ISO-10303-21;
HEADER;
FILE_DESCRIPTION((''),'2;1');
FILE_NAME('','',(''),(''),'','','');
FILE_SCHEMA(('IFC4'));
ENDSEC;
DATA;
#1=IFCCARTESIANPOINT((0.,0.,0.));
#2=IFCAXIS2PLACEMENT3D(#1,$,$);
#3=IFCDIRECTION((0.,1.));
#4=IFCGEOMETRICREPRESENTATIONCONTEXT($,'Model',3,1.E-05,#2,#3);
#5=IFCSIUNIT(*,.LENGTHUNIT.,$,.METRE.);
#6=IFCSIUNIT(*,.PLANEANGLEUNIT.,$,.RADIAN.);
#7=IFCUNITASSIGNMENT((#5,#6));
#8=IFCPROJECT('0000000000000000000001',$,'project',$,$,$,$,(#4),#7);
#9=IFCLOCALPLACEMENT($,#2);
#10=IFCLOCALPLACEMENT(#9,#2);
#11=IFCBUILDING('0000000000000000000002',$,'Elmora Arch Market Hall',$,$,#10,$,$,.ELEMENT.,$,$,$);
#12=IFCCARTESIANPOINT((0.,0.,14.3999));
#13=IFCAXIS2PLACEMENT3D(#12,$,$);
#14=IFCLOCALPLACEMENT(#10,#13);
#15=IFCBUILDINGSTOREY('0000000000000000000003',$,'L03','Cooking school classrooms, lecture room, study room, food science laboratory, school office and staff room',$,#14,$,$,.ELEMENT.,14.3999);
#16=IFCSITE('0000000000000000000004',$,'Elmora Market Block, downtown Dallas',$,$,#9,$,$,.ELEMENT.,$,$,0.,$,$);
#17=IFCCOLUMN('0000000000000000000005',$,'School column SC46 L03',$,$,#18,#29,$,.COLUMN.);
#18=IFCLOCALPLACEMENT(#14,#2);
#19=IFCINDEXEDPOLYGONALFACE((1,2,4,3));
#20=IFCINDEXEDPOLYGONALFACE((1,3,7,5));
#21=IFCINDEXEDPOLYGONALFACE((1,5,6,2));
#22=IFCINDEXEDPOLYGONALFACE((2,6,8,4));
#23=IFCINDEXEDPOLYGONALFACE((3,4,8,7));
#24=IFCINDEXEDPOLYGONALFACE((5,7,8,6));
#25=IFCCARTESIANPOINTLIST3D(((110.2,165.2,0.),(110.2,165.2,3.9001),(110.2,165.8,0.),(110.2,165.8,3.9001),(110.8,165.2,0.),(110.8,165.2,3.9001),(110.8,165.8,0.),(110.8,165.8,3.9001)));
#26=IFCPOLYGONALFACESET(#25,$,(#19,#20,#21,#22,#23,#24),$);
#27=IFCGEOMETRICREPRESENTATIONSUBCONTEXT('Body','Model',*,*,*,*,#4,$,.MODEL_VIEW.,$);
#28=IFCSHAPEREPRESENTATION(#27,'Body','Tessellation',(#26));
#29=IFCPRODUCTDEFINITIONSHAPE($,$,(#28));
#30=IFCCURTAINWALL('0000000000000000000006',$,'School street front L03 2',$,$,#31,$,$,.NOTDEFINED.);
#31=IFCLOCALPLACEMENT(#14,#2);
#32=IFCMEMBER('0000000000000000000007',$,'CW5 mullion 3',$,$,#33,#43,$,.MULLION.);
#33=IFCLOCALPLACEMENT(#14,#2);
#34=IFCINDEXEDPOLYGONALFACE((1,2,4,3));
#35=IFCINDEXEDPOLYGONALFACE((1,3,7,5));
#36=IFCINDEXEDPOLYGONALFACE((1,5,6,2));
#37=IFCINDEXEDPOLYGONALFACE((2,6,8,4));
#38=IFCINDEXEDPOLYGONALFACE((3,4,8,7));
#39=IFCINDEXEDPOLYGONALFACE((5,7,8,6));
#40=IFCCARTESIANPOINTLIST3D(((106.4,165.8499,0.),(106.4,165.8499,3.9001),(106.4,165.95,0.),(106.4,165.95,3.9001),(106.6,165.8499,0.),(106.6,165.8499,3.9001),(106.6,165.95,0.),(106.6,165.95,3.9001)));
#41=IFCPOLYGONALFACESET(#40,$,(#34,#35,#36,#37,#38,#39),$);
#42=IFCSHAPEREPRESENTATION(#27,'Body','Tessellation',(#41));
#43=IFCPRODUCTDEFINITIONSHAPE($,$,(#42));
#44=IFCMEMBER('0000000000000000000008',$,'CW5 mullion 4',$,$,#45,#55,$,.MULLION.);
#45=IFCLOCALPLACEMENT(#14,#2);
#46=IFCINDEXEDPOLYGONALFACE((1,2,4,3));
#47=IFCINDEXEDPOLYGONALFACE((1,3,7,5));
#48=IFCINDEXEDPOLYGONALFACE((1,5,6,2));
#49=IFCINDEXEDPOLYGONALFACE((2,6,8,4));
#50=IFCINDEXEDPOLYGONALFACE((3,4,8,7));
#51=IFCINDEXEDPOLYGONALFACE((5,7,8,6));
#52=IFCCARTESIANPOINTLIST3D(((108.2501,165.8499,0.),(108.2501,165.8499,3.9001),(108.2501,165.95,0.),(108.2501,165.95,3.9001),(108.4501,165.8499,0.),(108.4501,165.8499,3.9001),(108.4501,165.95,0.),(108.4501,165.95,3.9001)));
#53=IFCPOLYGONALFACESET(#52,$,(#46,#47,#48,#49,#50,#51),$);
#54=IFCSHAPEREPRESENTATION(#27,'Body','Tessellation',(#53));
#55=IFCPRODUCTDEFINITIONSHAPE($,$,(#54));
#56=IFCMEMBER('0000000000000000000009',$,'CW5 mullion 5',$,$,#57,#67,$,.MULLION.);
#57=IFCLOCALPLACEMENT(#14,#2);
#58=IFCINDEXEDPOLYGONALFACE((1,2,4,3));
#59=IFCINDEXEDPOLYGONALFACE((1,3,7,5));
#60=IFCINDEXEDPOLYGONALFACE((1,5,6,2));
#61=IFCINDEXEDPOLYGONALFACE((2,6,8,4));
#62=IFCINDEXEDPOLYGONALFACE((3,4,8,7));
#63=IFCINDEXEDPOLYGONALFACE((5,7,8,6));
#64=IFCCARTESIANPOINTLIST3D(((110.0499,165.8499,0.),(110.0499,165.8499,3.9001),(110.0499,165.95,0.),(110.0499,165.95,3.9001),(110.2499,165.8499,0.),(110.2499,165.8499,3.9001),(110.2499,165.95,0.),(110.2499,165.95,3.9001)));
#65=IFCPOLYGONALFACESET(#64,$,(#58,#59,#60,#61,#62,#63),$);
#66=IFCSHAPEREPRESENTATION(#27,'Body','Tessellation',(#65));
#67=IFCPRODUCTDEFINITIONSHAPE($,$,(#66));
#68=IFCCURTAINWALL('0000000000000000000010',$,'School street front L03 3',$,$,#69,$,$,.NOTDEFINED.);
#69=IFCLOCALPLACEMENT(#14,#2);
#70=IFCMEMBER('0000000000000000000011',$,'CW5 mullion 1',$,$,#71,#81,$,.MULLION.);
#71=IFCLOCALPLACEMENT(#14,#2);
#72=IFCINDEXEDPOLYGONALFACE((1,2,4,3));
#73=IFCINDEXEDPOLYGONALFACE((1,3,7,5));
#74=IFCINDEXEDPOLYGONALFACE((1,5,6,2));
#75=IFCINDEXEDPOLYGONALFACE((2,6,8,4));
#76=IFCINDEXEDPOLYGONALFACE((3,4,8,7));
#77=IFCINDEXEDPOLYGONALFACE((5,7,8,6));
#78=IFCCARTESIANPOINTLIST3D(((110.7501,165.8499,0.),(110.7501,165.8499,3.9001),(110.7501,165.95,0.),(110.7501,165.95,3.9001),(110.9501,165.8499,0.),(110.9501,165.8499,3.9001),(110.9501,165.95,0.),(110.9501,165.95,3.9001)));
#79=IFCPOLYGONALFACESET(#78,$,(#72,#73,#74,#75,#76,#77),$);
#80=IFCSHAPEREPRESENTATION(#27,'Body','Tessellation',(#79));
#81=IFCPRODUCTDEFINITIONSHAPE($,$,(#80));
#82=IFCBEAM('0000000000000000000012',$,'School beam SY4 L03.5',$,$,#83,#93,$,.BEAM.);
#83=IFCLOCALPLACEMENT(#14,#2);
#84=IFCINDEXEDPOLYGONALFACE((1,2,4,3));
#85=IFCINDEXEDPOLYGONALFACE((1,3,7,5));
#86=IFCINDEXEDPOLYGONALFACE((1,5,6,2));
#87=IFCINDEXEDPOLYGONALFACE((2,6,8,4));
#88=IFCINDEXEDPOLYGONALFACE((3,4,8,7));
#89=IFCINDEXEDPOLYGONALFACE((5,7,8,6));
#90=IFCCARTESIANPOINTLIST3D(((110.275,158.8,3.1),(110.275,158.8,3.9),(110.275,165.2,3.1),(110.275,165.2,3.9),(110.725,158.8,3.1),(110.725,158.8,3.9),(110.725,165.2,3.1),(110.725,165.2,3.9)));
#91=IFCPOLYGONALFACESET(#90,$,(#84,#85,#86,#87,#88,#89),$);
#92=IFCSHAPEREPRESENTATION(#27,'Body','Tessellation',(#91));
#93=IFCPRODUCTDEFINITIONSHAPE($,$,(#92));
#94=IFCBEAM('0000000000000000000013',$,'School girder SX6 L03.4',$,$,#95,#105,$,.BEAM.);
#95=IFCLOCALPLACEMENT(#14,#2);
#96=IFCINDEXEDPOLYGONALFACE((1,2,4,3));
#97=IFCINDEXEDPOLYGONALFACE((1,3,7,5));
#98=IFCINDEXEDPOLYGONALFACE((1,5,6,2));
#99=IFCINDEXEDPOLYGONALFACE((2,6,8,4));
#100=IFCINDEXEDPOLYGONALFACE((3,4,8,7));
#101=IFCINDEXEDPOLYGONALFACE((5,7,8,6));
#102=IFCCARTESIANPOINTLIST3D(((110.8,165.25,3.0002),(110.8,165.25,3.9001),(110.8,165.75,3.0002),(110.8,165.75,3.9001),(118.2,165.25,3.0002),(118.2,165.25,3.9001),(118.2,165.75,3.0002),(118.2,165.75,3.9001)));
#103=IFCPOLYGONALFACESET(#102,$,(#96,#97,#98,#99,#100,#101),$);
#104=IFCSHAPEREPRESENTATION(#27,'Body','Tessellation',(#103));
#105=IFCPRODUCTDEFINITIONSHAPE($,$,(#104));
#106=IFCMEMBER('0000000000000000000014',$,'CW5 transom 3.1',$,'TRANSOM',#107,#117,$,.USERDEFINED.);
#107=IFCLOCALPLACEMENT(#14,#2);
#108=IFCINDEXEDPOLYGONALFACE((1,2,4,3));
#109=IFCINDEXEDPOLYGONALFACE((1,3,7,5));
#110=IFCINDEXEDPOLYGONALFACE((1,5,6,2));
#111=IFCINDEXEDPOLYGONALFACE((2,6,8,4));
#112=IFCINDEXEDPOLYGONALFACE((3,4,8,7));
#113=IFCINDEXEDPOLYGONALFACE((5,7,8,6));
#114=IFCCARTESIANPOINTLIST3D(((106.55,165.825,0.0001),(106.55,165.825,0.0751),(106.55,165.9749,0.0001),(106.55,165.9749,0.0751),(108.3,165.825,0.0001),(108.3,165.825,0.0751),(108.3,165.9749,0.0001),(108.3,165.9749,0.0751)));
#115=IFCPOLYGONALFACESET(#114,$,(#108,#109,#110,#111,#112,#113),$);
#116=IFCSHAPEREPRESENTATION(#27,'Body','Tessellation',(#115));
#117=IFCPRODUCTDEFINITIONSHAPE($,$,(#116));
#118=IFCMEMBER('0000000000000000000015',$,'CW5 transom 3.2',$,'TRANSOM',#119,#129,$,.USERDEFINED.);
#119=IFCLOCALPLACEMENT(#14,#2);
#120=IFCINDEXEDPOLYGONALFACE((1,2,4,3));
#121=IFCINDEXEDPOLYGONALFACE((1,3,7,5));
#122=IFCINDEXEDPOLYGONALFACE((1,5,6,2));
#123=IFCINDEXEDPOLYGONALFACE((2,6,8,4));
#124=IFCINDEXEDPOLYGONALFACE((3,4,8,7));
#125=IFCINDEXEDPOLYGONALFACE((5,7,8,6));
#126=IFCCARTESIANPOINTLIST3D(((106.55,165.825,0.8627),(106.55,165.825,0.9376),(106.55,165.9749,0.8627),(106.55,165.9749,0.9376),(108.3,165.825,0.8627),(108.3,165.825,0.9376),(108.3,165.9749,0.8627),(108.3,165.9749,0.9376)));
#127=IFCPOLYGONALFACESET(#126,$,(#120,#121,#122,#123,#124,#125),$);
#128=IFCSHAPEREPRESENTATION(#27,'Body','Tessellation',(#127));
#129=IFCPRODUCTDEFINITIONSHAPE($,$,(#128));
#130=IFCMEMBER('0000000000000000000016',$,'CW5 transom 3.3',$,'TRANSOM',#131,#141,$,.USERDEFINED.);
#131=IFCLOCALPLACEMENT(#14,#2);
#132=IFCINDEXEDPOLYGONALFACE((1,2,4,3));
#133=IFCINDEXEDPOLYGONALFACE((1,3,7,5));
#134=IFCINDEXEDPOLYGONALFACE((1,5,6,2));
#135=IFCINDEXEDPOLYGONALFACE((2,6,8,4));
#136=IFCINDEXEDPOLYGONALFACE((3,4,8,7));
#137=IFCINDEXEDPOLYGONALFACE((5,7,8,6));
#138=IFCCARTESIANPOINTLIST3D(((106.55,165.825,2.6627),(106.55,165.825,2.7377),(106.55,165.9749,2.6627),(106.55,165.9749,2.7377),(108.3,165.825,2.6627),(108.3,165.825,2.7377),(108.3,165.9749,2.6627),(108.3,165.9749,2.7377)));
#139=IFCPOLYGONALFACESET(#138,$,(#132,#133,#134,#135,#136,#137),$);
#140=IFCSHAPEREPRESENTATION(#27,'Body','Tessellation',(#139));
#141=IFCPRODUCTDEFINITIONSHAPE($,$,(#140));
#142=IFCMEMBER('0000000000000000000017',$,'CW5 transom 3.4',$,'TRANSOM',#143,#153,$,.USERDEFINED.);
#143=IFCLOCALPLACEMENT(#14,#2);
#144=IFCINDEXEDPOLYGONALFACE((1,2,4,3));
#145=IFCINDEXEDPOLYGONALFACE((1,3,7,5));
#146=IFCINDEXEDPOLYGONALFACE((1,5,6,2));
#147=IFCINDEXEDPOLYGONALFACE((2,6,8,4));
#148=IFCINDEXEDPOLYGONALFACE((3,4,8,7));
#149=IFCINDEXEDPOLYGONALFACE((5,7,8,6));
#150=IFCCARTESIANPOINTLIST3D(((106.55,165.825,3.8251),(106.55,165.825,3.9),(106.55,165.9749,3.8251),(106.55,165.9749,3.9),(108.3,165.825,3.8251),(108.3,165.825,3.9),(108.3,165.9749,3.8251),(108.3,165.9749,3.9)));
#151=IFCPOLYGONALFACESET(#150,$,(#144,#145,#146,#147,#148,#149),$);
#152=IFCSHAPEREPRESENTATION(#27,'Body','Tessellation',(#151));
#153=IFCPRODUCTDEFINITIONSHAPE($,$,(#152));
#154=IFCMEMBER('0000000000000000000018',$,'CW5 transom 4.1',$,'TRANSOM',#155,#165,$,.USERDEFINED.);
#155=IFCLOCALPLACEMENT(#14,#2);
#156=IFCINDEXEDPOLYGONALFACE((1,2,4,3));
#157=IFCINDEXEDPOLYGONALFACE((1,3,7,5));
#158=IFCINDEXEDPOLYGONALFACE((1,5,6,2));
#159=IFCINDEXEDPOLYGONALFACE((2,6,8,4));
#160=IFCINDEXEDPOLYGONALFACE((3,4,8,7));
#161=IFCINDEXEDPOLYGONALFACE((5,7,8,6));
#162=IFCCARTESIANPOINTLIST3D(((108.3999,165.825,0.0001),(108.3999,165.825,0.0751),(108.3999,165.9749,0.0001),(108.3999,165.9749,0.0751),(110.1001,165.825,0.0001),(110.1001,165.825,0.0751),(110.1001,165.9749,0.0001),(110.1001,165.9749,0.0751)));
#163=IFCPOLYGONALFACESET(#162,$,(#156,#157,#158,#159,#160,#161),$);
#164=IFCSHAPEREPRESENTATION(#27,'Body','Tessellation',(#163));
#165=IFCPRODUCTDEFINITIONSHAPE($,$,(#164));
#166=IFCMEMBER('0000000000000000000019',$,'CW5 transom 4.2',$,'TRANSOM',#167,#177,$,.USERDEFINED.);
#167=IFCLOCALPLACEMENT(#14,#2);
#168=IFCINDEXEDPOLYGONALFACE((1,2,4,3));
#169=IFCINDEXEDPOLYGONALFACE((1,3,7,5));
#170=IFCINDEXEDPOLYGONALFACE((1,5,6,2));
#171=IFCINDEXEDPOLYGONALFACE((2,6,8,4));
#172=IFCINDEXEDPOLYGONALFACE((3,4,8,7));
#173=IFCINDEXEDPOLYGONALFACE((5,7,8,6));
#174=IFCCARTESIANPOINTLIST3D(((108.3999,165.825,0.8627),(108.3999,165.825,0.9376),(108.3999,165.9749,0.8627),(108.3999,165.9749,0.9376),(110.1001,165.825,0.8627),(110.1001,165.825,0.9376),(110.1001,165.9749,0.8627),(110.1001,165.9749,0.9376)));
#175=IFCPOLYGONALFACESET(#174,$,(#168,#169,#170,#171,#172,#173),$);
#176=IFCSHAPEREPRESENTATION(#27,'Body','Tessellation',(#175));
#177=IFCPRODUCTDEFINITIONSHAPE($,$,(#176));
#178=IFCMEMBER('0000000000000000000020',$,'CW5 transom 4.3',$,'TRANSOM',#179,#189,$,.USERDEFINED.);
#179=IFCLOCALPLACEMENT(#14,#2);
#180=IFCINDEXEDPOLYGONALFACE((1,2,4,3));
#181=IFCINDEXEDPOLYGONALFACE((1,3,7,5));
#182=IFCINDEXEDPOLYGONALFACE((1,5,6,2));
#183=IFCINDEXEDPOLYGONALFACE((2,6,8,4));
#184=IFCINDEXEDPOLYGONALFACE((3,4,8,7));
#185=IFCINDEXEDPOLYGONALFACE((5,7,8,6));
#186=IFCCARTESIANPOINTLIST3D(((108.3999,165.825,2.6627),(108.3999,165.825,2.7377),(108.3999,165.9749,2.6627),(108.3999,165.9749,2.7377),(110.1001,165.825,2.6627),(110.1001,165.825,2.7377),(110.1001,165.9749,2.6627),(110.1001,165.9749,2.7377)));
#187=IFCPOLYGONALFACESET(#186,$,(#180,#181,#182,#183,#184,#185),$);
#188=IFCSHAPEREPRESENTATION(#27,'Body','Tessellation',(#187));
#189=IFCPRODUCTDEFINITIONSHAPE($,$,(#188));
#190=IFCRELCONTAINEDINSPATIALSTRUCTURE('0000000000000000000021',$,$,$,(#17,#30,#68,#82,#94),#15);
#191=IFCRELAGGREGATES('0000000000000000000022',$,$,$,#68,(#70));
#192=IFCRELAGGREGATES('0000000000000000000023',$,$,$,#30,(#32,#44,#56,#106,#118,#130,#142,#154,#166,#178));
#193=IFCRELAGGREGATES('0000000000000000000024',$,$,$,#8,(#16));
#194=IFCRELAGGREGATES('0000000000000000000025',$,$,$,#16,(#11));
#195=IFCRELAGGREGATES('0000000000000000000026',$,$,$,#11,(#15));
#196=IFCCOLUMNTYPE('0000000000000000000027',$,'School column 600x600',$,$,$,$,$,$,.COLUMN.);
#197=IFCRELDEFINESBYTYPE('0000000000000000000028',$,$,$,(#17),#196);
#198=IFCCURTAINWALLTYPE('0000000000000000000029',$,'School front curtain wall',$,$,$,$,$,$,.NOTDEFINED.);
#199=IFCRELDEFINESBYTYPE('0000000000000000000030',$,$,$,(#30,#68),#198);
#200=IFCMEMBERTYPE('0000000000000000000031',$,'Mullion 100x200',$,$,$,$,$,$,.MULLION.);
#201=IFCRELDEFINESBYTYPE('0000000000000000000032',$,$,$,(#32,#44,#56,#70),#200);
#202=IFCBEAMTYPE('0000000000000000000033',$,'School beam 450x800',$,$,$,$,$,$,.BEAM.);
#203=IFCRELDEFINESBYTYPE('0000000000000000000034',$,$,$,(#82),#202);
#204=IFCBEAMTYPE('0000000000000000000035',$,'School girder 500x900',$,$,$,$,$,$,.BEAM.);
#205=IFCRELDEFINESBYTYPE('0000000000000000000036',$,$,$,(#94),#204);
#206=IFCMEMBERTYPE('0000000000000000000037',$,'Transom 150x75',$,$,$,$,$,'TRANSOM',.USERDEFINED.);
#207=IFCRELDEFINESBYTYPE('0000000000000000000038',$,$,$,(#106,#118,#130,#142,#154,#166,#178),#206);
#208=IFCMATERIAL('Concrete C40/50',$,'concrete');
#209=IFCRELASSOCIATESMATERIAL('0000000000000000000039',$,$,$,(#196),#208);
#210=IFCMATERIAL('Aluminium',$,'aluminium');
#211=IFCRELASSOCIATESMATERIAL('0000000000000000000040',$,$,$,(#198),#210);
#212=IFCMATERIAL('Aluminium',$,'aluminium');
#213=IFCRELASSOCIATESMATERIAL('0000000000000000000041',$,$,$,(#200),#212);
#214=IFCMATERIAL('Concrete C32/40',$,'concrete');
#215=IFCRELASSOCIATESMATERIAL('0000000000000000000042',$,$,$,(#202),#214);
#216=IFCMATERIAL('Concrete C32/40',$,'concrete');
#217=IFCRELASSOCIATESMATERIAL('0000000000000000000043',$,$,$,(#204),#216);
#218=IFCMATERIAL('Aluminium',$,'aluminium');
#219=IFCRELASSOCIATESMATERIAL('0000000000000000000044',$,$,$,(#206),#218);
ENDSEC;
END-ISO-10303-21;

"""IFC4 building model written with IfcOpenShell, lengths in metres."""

from ifc_helpers import new_model, si_unit, direction, frame, origin, origin_2d, place, context, subcontext, project, spatial, rectangle, extrude, material, material_profile, profile_set, type_object, element, aggregate, save


model = new_model("IFC4")

# Units and contexts
model_context = context("Model", 3, precision=1e-05, world=origin(), true_north=direction((0.0, 1.0)))
body_context = subcontext(model_context, "Body", "Model", "MODEL_VIEW")
ifc_project = project(units=[si_unit("LENGTHUNIT", "METRE"), si_unit("PLANEANGLEUNIT", "RADIAN")], contexts=[model_context])

# Site, building, storey
site_placement = place(None, origin())
site = spatial("IfcSite", under=ifc_project, at=site_placement, Name="Elmora Market Block, downtown Dallas", CompositionType="ELEMENT", RefElevation=0.0)
building_placement = place(site_placement, origin())
building = spatial("IfcBuilding", under=site, at=building_placement, Name="Elmora Arch Market Hall", CompositionType="ELEMENT")
storey_placement = place(building_placement, frame((0.0, 0.0, 14.3999)))
storey = spatial("IfcBuildingStorey", under=building, at=storey_placement, Name="L03", Description="Cooking school classrooms, lecture room, study room, food science laboratory, school office and staff room", CompositionType="ELEMENT", Elevation=14.3999)

# Column
ifc_material_1 = material(Name="Concrete C40/50", Category="concrete")
ifc_material_profile_1 = material_profile(ifc_material_1, rectangle(XDim=0.6001, YDim=0.6001, at=origin_2d()), Name="School column 600x600")
ifc_profile_set_1 = profile_set([ifc_material_profile_1], Name="Concrete C40/50")
column_type = type_object("IfcColumnType", Name="School column 600x600", PredefinedType="COLUMN", material=ifc_profile_set_1)
column_placement = place(storey_placement, frame((110.5, 165.5, 0.0), z_axis=(0.0, 0.0, 1.0), x_axis=(1.0, 0.0, 0.0)))
element("IfcColumn", 1, at=column_placement, inside=storey, type_object=column_type, Name="School column SC46 L03", PredefinedType="COLUMN", context=body_context, shape_type="SweptSolid", body=[
    extrude(rectangle(XDim=0.6001, YDim=0.6001, at=origin_2d()), origin(), (0.0, 0.0, 1.0), 3.9001),
])

# Curtain wall, members
ifc_material_2 = material(Name="Aluminium", Category="aluminium")
curtain_wall_type = type_object("IfcCurtainWallType", Name="School front curtain wall", PredefinedType="NOTDEFINED", material=ifc_material_2)
curtain_wall_1_placement = place(storey_placement, origin())
curtain_wall_1 = element("IfcCurtainWall", 2, at=curtain_wall_1_placement, inside=storey, type_object=curtain_wall_type, Name="School street front L03 2", PredefinedType="NOTDEFINED")
ifc_material_3 = material(Name="Aluminium", Category="aluminium")
ifc_material_profile_2 = material_profile(ifc_material_3, rectangle(XDim=0.1001, YDim=0.2, at=origin_2d()), Name="AL 100x200")
ifc_profile_set_2 = profile_set([ifc_material_profile_2], Name="Aluminium")
member_type_1 = type_object("IfcMemberType", Name="Mullion 100x200", PredefinedType="MULLION", material=ifc_profile_set_2)
member_1_placement = place(storey_placement, frame((106.5, 165.8999, 0.0), z_axis=(0.0, 0.0, 1.0), x_axis=(0.0, 1.0, 0.0)))
member_1 = element("IfcMember", 3, at=member_1_placement, type_object=member_type_1, Name="CW5 mullion 3", PredefinedType="MULLION", context=body_context, shape_type="SweptSolid", body=[
    extrude(rectangle(XDim=0.1001, YDim=0.2, at=origin_2d()), origin(), (0.0, 0.0, 1.0), 3.9001),
])
member_2_placement = place(storey_placement, frame((108.3501, 165.8999, 0.0), z_axis=(0.0, 0.0, 1.0), x_axis=(0.0, 1.0, 0.0)))
member_2 = element("IfcMember", 4, at=member_2_placement, type_object=member_type_1, Name="CW5 mullion 4", PredefinedType="MULLION", context=body_context, shape_type="SweptSolid", body=[
    extrude(rectangle(XDim=0.1001, YDim=0.2, at=origin_2d()), origin(), (0.0, 0.0, 1.0), 3.9001),
])
member_3_placement = place(storey_placement, frame((110.1499, 165.8999, 0.0), z_axis=(0.0, 0.0, 1.0), x_axis=(0.0, 1.0, 0.0)))
member_3 = element("IfcMember", 5, at=member_3_placement, type_object=member_type_1, Name="CW5 mullion 5", PredefinedType="MULLION", context=body_context, shape_type="SweptSolid", body=[
    extrude(rectangle(XDim=0.1001, YDim=0.2, at=origin_2d()), origin(), (0.0, 0.0, 1.0), 3.9001),
])

# Curtain wall, member
curtain_wall_2_placement = place(storey_placement, origin())
curtain_wall_2 = element("IfcCurtainWall", 6, at=curtain_wall_2_placement, inside=storey, type_object=curtain_wall_type, Name="School street front L03 3", PredefinedType="NOTDEFINED")
member_4_placement = place(storey_placement, frame((110.8501, 165.8999, 0.0), z_axis=(0.0, 0.0, 1.0), x_axis=(0.0, 1.0, 0.0)))
member_4 = element("IfcMember", 7, at=member_4_placement, type_object=member_type_1, Name="CW5 mullion 1", PredefinedType="MULLION", context=body_context, shape_type="SweptSolid", body=[
    extrude(rectangle(XDim=0.1001, YDim=0.2, at=origin_2d()), origin(), (0.0, 0.0, 1.0), 3.9001),
])

# Beams
ifc_material_4 = material(Name="Concrete C32/40", Category="concrete")
ifc_material_profile_3 = material_profile(ifc_material_4, rectangle(XDim=0.45, YDim=0.8, at=origin_2d()), Name="School beam 450x800")
ifc_profile_set_3 = profile_set([ifc_material_profile_3], Name="Concrete C32/40")
beam_type_1 = type_object("IfcBeamType", Name="School beam 450x800", PredefinedType="BEAM", material=ifc_profile_set_3)
beam_1_placement = place(storey_placement, frame((110.5, 158.8, 3.5), z_axis=(0.0, 1.0, 0.0), x_axis=(-1.0, 0.0, 0.0)))
element("IfcBeam", 8, at=beam_1_placement, inside=storey, type_object=beam_type_1, Name="School beam SY4 L03.5", PredefinedType="BEAM", context=body_context, shape_type="SweptSolid", body=[
    extrude(rectangle(XDim=0.45, YDim=0.8, at=origin_2d()), origin(), (0.0, 0.0, 1.0), 6.3999),
])
ifc_material_5 = material(Name="Concrete C32/40", Category="concrete")
ifc_material_profile_4 = material_profile(ifc_material_5, rectangle(XDim=0.5, YDim=0.8999, at=origin_2d()), Name="School girder 500x900")
ifc_profile_set_4 = profile_set([ifc_material_profile_4], Name="Concrete C32/40")
beam_type_2 = type_object("IfcBeamType", Name="School girder 500x900", PredefinedType="BEAM", material=ifc_profile_set_4)
beam_2_placement = place(storey_placement, frame((110.8, 165.5, 3.4502), z_axis=(1.0, 0.0, 0.0), x_axis=(0.0, 1.0, 0.0)))
element("IfcBeam", 9, at=beam_2_placement, inside=storey, type_object=beam_type_2, Name="School girder SX6 L03.4", PredefinedType="BEAM", context=body_context, shape_type="SweptSolid", body=[
    extrude(rectangle(XDim=0.5, YDim=0.8999, at=origin_2d()), origin(), (0.0, 0.0, 1.0), 7.3999),
])

# Members
ifc_material_6 = material(Name="Aluminium", Category="aluminium")
ifc_material_profile_5 = material_profile(ifc_material_6, rectangle(XDim=0.1499, YDim=0.075, at=origin_2d()), Name="AL 150x75")
ifc_profile_set_5 = profile_set([ifc_material_profile_5], Name="Aluminium")
member_type_2 = type_object("IfcMemberType", Name="Transom 150x75", ElementType="TRANSOM", PredefinedType="USERDEFINED", material=ifc_profile_set_5)
member_5_placement = place(storey_placement, frame((106.55, 165.8999, 0.0376), z_axis=(1.0, 0.0, 0.0), x_axis=(0.0, 1.0, 0.0)))
member_5 = element("IfcMember", 10, at=member_5_placement, type_object=member_type_2, Name="CW5 transom 3.1", ObjectType="TRANSOM", PredefinedType="USERDEFINED", context=body_context, shape_type="SweptSolid", body=[
    extrude(rectangle(XDim=0.1499, YDim=0.075, at=origin_2d()), origin(), (0.0, 0.0, 1.0), 1.75),
])
member_6_placement = place(storey_placement, frame((106.55, 165.8999, 0.9001), z_axis=(1.0, 0.0, 0.0), x_axis=(0.0, 1.0, 0.0)))
member_6 = element("IfcMember", 11, at=member_6_placement, type_object=member_type_2, Name="CW5 transom 3.2", ObjectType="TRANSOM", PredefinedType="USERDEFINED", context=body_context, shape_type="SweptSolid", body=[
    extrude(rectangle(XDim=0.1499, YDim=0.075, at=origin_2d()), origin(), (0.0, 0.0, 1.0), 1.75),
])
member_7_placement = place(storey_placement, frame((106.55, 165.8999, 2.7002), z_axis=(1.0, 0.0, 0.0), x_axis=(0.0, 1.0, 0.0)))
member_7 = element("IfcMember", 12, at=member_7_placement, type_object=member_type_2, Name="CW5 transom 3.3", ObjectType="TRANSOM", PredefinedType="USERDEFINED", context=body_context, shape_type="SweptSolid", body=[
    extrude(rectangle(XDim=0.1499, YDim=0.075, at=origin_2d()), origin(), (0.0, 0.0, 1.0), 1.75),
])
member_8_placement = place(storey_placement, frame((106.55, 165.8999, 3.8625), z_axis=(1.0, 0.0, 0.0), x_axis=(0.0, 1.0, 0.0)))
member_8 = element("IfcMember", 13, at=member_8_placement, type_object=member_type_2, Name="CW5 transom 3.4", ObjectType="TRANSOM", PredefinedType="USERDEFINED", context=body_context, shape_type="SweptSolid", body=[
    extrude(rectangle(XDim=0.1499, YDim=0.075, at=origin_2d()), origin(), (0.0, 0.0, 1.0), 1.75),
])
member_9_placement = place(storey_placement, frame((108.3999, 165.8999, 0.0376), z_axis=(1.0, 0.0, 0.0), x_axis=(0.0, 1.0, 0.0)))
member_9 = element("IfcMember", 14, at=member_9_placement, type_object=member_type_2, Name="CW5 transom 4.1", ObjectType="TRANSOM", PredefinedType="USERDEFINED", context=body_context, shape_type="SweptSolid", body=[
    extrude(rectangle(XDim=0.1499, YDim=0.075, at=origin_2d()), origin(), (0.0, 0.0, 1.0), 1.7002),
])
member_10_placement = place(storey_placement, frame((108.3999, 165.8999, 0.9001), z_axis=(1.0, 0.0, 0.0), x_axis=(0.0, 1.0, 0.0)))
member_10 = element("IfcMember", 15, at=member_10_placement, type_object=member_type_2, Name="CW5 transom 4.2", ObjectType="TRANSOM", PredefinedType="USERDEFINED", context=body_context, shape_type="SweptSolid", body=[
    extrude(rectangle(XDim=0.1499, YDim=0.075, at=origin_2d()), origin(), (0.0, 0.0, 1.0), 1.7002),
])
member_11_placement = place(storey_placement, frame((108.3999, 165.8999, 2.7002), z_axis=(1.0, 0.0, 0.0), x_axis=(0.0, 1.0, 0.0)))
member_11 = element("IfcMember", 16, at=member_11_placement, type_object=member_type_2, Name="CW5 transom 4.3", ObjectType="TRANSOM", PredefinedType="USERDEFINED", context=body_context, shape_type="SweptSolid", body=[
    extrude(rectangle(XDim=0.1499, YDim=0.075, at=origin_2d()), origin(), (0.0, 0.0, 1.0), 1.7002),
])
aggregate(curtain_wall_2, [member_4])

aggregate(curtain_wall_1, [member_1, member_2, member_3, member_5, member_6, member_7, member_8, member_9, member_10, member_11])

save(model, "model.ifc")
